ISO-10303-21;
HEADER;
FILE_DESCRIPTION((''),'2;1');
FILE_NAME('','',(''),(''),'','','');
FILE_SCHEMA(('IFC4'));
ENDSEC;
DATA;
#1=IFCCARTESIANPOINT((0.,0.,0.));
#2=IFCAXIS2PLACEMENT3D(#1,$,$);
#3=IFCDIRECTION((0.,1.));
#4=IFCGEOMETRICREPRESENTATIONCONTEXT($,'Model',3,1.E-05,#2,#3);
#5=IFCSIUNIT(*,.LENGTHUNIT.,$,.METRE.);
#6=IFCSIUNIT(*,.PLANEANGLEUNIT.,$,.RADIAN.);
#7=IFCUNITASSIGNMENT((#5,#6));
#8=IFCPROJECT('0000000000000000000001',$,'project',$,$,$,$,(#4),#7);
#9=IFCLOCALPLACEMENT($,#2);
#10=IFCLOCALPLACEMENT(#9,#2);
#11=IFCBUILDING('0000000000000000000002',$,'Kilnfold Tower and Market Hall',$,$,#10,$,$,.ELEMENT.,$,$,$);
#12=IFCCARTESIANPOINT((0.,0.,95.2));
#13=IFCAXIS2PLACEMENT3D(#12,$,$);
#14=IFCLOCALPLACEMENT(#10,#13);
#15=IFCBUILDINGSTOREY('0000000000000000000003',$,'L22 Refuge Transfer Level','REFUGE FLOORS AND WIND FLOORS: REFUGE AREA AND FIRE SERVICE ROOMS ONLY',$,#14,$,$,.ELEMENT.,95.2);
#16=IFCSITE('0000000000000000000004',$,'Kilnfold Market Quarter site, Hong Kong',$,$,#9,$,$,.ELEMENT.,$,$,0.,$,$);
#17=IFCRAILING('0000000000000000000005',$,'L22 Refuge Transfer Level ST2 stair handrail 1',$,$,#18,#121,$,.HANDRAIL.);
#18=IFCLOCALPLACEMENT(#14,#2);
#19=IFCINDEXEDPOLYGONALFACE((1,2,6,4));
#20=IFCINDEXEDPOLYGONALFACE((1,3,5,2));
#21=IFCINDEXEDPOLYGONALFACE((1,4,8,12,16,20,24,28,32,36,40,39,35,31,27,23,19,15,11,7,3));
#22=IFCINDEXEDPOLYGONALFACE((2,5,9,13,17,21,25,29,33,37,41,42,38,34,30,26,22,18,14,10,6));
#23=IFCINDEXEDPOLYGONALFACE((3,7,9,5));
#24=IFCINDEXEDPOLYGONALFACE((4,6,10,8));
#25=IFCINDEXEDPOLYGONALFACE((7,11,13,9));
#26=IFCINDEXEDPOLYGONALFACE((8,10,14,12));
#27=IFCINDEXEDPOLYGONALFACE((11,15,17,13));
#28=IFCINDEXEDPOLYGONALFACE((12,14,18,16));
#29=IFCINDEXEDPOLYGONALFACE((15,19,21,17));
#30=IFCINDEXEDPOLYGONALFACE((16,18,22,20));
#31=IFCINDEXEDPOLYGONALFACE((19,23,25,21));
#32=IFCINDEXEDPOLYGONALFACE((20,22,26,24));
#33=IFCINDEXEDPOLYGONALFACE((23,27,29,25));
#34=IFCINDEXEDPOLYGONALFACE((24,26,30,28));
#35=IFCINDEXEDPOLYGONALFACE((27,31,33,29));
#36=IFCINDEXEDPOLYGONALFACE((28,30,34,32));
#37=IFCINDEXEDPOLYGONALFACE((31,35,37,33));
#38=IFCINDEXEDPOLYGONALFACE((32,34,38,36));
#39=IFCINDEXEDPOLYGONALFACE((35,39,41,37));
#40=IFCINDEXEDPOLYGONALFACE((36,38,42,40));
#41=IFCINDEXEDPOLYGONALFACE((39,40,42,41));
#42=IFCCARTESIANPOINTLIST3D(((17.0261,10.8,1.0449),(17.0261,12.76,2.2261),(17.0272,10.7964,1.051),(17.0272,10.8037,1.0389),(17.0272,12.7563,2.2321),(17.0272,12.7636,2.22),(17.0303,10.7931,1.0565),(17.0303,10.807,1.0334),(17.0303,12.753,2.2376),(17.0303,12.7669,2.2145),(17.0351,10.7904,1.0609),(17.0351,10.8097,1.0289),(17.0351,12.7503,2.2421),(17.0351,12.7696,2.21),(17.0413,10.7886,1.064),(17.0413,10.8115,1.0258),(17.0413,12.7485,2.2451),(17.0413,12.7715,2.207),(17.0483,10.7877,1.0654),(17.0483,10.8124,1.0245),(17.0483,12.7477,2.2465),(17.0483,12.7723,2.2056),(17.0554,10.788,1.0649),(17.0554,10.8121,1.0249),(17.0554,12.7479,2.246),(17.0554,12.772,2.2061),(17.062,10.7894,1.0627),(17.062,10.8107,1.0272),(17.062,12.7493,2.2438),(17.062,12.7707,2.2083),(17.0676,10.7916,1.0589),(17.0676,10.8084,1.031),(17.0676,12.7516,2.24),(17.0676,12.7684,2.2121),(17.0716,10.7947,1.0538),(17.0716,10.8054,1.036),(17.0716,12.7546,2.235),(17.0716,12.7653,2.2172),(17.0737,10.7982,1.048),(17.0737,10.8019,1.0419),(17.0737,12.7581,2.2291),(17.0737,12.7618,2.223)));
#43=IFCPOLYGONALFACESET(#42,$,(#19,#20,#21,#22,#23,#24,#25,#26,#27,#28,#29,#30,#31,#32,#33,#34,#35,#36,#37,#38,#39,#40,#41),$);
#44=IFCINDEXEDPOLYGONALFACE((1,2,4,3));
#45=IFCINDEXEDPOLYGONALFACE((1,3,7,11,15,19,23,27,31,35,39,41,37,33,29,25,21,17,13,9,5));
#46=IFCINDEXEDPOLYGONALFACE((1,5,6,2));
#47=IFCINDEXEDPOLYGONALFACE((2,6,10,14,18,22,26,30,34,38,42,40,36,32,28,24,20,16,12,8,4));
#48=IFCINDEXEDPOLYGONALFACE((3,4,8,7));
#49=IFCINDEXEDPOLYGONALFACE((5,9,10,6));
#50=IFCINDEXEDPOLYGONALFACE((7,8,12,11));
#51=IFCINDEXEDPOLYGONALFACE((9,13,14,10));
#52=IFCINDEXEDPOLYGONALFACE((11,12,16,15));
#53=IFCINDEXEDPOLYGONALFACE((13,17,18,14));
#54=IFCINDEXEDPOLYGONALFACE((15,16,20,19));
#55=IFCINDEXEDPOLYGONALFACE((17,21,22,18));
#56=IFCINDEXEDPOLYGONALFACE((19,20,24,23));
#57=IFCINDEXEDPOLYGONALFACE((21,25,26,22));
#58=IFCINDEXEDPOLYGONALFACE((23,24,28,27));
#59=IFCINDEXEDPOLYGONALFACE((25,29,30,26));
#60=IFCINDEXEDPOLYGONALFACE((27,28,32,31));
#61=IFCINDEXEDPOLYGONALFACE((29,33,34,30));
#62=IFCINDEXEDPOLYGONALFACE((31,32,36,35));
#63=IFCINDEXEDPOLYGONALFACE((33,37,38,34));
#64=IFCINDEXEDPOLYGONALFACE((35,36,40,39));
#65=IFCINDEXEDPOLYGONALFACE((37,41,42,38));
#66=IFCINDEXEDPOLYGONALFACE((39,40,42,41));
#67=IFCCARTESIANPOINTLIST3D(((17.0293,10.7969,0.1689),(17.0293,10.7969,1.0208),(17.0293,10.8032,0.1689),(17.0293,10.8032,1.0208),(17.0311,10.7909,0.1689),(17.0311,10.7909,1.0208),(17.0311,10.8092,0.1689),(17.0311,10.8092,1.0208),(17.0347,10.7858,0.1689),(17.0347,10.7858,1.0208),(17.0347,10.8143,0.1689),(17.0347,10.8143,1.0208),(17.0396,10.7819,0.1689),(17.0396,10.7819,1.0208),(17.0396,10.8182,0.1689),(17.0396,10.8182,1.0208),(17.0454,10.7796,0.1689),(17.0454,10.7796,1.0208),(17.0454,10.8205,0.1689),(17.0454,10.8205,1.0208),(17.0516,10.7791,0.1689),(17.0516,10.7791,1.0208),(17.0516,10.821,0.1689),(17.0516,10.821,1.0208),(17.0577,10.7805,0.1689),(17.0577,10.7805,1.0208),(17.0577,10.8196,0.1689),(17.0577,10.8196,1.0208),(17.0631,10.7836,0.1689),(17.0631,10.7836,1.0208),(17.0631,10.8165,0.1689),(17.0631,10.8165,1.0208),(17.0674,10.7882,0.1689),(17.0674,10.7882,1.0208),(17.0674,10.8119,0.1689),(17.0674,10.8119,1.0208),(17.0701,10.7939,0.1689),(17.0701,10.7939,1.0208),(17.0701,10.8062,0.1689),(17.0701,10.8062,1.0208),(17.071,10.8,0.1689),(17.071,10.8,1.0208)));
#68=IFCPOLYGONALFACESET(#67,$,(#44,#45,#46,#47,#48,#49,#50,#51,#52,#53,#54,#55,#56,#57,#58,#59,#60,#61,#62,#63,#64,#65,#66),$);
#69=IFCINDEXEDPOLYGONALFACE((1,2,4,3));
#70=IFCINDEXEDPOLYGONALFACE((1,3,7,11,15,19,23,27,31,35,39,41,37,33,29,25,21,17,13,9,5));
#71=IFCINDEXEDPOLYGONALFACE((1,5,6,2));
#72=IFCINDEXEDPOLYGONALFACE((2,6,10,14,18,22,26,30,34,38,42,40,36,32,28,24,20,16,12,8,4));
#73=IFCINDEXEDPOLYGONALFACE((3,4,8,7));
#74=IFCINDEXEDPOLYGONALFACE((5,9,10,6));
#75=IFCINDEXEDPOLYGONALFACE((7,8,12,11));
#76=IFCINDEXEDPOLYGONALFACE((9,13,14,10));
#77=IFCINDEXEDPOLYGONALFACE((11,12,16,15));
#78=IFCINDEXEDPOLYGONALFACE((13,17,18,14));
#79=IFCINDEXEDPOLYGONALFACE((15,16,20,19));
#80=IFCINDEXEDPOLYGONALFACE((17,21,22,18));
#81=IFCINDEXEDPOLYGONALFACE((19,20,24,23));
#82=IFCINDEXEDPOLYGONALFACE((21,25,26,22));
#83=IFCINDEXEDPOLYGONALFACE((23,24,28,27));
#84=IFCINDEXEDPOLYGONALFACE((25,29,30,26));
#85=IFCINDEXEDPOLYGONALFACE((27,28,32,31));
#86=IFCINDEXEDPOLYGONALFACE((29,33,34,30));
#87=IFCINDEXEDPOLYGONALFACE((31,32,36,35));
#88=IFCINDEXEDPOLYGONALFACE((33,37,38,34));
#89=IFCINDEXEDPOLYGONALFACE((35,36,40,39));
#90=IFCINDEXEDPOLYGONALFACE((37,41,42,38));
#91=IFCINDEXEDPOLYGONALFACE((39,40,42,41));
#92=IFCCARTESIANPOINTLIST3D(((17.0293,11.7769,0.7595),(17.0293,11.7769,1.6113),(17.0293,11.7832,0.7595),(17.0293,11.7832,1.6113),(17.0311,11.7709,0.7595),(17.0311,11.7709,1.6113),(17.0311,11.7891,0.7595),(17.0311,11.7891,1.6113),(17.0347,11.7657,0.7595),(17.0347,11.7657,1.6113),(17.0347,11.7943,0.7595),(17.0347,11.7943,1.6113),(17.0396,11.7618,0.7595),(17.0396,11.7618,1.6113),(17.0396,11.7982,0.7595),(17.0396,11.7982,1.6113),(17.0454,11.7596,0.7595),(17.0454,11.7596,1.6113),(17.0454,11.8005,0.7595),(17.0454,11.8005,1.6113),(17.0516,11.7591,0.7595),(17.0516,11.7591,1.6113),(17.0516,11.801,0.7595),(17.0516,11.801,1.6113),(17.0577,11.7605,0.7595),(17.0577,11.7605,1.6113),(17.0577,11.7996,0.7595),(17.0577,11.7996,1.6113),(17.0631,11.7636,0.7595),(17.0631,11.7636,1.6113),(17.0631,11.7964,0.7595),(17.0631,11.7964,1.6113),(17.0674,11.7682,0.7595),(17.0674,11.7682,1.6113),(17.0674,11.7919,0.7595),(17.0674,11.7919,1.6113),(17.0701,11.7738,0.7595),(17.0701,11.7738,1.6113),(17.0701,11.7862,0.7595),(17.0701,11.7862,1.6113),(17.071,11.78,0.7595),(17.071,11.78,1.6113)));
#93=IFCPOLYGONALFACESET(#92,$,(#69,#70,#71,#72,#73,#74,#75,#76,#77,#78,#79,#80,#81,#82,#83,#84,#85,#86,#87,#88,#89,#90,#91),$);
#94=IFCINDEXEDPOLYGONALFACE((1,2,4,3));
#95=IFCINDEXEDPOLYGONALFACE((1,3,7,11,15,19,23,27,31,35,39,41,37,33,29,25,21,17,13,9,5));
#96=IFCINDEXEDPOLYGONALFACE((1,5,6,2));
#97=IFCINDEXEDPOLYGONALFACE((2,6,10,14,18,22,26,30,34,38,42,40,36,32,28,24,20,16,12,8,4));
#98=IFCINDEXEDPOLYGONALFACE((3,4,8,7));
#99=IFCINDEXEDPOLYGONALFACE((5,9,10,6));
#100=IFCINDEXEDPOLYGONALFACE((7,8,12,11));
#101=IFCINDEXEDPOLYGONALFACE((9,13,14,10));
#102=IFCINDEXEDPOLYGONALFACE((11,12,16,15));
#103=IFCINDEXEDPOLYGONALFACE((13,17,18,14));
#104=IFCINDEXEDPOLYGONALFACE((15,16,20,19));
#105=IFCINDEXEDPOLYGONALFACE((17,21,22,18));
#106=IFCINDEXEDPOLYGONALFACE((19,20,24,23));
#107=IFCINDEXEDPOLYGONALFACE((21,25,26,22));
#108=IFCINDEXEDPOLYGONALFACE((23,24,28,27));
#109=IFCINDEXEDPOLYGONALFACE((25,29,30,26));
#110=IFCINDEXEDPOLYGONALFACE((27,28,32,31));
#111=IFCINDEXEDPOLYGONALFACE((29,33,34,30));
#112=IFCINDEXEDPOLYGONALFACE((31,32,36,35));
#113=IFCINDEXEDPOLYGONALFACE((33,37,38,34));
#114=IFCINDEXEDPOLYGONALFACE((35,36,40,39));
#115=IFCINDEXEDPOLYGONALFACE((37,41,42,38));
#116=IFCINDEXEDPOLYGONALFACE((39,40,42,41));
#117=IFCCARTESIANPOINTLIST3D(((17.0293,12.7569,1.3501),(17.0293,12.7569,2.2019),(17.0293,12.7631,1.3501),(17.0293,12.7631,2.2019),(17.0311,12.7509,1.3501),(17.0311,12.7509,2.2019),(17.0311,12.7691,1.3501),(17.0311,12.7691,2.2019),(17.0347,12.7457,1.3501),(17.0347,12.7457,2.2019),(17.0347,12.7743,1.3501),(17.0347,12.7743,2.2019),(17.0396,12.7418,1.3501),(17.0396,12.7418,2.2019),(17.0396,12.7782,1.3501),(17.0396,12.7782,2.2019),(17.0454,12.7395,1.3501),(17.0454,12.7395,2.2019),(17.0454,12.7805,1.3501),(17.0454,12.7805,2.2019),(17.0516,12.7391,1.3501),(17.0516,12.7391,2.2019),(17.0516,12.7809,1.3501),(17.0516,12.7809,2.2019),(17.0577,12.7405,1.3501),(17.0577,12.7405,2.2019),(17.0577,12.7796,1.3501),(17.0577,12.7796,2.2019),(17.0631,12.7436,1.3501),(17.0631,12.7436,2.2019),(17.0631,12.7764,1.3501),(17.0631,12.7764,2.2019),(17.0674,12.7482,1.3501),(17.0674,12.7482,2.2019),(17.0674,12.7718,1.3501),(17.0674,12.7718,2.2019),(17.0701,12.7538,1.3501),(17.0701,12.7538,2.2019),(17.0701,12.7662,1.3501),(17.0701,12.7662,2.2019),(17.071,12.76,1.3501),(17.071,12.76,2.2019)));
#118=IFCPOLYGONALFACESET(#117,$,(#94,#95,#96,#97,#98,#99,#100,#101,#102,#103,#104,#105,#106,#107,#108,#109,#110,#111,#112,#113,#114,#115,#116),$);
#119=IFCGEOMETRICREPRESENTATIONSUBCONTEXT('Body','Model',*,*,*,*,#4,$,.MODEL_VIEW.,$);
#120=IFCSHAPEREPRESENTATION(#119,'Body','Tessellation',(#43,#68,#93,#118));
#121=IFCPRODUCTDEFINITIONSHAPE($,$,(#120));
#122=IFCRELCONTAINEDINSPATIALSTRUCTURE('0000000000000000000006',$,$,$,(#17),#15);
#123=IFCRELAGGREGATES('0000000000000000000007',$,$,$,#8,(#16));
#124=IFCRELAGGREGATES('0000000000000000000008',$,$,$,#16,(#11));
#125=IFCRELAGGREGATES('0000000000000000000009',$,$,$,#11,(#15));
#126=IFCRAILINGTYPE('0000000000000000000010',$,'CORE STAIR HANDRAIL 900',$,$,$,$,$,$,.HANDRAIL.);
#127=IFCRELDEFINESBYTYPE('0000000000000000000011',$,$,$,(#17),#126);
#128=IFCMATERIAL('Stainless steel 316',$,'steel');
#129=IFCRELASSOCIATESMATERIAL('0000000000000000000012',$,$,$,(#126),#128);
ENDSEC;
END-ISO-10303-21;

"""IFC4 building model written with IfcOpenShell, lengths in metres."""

from ifc_helpers import new_model, si_unit, direction, frame, origin, origin_2d, place, context, subcontext, project, spatial, circle, extrude, material, type_object, element, save


model = new_model("IFC4")

# Units and contexts
model_context = context("Model", 3, precision=1e-05, world=origin(), true_north=direction((0.0, 1.0)))
body_context = subcontext(model_context, "Body", "Model", "MODEL_VIEW")
ifc_project = project(units=[si_unit("LENGTHUNIT", "METRE"), si_unit("PLANEANGLEUNIT", "RADIAN")], contexts=[model_context])

# Site, building, storey
site_placement = place(None, origin())
site = spatial("IfcSite", under=ifc_project, at=site_placement, Name="Kilnfold Market Quarter site, Hong Kong", CompositionType="ELEMENT", RefElevation=0.0)
building_placement = place(site_placement, origin())
building = spatial("IfcBuilding", under=site, at=building_placement, Name="Kilnfold Tower and Market Hall", CompositionType="ELEMENT")
storey_placement = place(building_placement, frame((0.0, 0.0, 95.2)))
storey = spatial("IfcBuildingStorey", under=building, at=storey_placement, Name="L22 Refuge Transfer Level", Description="REFUGE FLOORS AND WIND FLOORS: REFUGE AREA AND FIRE SERVICE ROOMS ONLY", CompositionType="ELEMENT", Elevation=95.2)

# Railing
ifc_material_1 = material(Name="Stainless steel 316", Category="steel")
railing_type_1 = type_object("IfcRailingType", Name="CORE STAIR HANDRAIL 900", PredefinedType="HANDRAIL", material=ifc_material_1)
railing_1_placement = place(storey_placement, frame((17.05, 10.8, 0.1689)))
element("IfcRailing", 1, at=railing_1_placement, inside=storey, type_object=railing_type_1, Name="L22 Refuge Transfer Level ST2 stair handrail 1", PredefinedType="HANDRAIL", context=body_context, shape_type="SweptSolid", body=[
    extrude(circle(Radius=0.0239, at=origin_2d()), frame((0.0, 0.0, 0.876), z_axis=(0.0, 0.856493, 0.516158), x_axis=(-1.0, 0.0, 0.0)), (0.0, 0.0, 1.0), 2.2883),
    extrude(circle(Radius=0.021, at=origin_2d()), origin(), (0.0, 0.0, 1.0), 0.8518),
    extrude(circle(Radius=0.021, at=origin_2d()), frame((0.0, 0.98, 0.5906)), (0.0, 0.0, 1.0), 0.8518),
    extrude(circle(Radius=0.021, at=origin_2d()), frame((0.0, 1.96, 1.1812)), (0.0, 0.0, 1.0), 0.8518),
])

save(model, "model.ifc")
